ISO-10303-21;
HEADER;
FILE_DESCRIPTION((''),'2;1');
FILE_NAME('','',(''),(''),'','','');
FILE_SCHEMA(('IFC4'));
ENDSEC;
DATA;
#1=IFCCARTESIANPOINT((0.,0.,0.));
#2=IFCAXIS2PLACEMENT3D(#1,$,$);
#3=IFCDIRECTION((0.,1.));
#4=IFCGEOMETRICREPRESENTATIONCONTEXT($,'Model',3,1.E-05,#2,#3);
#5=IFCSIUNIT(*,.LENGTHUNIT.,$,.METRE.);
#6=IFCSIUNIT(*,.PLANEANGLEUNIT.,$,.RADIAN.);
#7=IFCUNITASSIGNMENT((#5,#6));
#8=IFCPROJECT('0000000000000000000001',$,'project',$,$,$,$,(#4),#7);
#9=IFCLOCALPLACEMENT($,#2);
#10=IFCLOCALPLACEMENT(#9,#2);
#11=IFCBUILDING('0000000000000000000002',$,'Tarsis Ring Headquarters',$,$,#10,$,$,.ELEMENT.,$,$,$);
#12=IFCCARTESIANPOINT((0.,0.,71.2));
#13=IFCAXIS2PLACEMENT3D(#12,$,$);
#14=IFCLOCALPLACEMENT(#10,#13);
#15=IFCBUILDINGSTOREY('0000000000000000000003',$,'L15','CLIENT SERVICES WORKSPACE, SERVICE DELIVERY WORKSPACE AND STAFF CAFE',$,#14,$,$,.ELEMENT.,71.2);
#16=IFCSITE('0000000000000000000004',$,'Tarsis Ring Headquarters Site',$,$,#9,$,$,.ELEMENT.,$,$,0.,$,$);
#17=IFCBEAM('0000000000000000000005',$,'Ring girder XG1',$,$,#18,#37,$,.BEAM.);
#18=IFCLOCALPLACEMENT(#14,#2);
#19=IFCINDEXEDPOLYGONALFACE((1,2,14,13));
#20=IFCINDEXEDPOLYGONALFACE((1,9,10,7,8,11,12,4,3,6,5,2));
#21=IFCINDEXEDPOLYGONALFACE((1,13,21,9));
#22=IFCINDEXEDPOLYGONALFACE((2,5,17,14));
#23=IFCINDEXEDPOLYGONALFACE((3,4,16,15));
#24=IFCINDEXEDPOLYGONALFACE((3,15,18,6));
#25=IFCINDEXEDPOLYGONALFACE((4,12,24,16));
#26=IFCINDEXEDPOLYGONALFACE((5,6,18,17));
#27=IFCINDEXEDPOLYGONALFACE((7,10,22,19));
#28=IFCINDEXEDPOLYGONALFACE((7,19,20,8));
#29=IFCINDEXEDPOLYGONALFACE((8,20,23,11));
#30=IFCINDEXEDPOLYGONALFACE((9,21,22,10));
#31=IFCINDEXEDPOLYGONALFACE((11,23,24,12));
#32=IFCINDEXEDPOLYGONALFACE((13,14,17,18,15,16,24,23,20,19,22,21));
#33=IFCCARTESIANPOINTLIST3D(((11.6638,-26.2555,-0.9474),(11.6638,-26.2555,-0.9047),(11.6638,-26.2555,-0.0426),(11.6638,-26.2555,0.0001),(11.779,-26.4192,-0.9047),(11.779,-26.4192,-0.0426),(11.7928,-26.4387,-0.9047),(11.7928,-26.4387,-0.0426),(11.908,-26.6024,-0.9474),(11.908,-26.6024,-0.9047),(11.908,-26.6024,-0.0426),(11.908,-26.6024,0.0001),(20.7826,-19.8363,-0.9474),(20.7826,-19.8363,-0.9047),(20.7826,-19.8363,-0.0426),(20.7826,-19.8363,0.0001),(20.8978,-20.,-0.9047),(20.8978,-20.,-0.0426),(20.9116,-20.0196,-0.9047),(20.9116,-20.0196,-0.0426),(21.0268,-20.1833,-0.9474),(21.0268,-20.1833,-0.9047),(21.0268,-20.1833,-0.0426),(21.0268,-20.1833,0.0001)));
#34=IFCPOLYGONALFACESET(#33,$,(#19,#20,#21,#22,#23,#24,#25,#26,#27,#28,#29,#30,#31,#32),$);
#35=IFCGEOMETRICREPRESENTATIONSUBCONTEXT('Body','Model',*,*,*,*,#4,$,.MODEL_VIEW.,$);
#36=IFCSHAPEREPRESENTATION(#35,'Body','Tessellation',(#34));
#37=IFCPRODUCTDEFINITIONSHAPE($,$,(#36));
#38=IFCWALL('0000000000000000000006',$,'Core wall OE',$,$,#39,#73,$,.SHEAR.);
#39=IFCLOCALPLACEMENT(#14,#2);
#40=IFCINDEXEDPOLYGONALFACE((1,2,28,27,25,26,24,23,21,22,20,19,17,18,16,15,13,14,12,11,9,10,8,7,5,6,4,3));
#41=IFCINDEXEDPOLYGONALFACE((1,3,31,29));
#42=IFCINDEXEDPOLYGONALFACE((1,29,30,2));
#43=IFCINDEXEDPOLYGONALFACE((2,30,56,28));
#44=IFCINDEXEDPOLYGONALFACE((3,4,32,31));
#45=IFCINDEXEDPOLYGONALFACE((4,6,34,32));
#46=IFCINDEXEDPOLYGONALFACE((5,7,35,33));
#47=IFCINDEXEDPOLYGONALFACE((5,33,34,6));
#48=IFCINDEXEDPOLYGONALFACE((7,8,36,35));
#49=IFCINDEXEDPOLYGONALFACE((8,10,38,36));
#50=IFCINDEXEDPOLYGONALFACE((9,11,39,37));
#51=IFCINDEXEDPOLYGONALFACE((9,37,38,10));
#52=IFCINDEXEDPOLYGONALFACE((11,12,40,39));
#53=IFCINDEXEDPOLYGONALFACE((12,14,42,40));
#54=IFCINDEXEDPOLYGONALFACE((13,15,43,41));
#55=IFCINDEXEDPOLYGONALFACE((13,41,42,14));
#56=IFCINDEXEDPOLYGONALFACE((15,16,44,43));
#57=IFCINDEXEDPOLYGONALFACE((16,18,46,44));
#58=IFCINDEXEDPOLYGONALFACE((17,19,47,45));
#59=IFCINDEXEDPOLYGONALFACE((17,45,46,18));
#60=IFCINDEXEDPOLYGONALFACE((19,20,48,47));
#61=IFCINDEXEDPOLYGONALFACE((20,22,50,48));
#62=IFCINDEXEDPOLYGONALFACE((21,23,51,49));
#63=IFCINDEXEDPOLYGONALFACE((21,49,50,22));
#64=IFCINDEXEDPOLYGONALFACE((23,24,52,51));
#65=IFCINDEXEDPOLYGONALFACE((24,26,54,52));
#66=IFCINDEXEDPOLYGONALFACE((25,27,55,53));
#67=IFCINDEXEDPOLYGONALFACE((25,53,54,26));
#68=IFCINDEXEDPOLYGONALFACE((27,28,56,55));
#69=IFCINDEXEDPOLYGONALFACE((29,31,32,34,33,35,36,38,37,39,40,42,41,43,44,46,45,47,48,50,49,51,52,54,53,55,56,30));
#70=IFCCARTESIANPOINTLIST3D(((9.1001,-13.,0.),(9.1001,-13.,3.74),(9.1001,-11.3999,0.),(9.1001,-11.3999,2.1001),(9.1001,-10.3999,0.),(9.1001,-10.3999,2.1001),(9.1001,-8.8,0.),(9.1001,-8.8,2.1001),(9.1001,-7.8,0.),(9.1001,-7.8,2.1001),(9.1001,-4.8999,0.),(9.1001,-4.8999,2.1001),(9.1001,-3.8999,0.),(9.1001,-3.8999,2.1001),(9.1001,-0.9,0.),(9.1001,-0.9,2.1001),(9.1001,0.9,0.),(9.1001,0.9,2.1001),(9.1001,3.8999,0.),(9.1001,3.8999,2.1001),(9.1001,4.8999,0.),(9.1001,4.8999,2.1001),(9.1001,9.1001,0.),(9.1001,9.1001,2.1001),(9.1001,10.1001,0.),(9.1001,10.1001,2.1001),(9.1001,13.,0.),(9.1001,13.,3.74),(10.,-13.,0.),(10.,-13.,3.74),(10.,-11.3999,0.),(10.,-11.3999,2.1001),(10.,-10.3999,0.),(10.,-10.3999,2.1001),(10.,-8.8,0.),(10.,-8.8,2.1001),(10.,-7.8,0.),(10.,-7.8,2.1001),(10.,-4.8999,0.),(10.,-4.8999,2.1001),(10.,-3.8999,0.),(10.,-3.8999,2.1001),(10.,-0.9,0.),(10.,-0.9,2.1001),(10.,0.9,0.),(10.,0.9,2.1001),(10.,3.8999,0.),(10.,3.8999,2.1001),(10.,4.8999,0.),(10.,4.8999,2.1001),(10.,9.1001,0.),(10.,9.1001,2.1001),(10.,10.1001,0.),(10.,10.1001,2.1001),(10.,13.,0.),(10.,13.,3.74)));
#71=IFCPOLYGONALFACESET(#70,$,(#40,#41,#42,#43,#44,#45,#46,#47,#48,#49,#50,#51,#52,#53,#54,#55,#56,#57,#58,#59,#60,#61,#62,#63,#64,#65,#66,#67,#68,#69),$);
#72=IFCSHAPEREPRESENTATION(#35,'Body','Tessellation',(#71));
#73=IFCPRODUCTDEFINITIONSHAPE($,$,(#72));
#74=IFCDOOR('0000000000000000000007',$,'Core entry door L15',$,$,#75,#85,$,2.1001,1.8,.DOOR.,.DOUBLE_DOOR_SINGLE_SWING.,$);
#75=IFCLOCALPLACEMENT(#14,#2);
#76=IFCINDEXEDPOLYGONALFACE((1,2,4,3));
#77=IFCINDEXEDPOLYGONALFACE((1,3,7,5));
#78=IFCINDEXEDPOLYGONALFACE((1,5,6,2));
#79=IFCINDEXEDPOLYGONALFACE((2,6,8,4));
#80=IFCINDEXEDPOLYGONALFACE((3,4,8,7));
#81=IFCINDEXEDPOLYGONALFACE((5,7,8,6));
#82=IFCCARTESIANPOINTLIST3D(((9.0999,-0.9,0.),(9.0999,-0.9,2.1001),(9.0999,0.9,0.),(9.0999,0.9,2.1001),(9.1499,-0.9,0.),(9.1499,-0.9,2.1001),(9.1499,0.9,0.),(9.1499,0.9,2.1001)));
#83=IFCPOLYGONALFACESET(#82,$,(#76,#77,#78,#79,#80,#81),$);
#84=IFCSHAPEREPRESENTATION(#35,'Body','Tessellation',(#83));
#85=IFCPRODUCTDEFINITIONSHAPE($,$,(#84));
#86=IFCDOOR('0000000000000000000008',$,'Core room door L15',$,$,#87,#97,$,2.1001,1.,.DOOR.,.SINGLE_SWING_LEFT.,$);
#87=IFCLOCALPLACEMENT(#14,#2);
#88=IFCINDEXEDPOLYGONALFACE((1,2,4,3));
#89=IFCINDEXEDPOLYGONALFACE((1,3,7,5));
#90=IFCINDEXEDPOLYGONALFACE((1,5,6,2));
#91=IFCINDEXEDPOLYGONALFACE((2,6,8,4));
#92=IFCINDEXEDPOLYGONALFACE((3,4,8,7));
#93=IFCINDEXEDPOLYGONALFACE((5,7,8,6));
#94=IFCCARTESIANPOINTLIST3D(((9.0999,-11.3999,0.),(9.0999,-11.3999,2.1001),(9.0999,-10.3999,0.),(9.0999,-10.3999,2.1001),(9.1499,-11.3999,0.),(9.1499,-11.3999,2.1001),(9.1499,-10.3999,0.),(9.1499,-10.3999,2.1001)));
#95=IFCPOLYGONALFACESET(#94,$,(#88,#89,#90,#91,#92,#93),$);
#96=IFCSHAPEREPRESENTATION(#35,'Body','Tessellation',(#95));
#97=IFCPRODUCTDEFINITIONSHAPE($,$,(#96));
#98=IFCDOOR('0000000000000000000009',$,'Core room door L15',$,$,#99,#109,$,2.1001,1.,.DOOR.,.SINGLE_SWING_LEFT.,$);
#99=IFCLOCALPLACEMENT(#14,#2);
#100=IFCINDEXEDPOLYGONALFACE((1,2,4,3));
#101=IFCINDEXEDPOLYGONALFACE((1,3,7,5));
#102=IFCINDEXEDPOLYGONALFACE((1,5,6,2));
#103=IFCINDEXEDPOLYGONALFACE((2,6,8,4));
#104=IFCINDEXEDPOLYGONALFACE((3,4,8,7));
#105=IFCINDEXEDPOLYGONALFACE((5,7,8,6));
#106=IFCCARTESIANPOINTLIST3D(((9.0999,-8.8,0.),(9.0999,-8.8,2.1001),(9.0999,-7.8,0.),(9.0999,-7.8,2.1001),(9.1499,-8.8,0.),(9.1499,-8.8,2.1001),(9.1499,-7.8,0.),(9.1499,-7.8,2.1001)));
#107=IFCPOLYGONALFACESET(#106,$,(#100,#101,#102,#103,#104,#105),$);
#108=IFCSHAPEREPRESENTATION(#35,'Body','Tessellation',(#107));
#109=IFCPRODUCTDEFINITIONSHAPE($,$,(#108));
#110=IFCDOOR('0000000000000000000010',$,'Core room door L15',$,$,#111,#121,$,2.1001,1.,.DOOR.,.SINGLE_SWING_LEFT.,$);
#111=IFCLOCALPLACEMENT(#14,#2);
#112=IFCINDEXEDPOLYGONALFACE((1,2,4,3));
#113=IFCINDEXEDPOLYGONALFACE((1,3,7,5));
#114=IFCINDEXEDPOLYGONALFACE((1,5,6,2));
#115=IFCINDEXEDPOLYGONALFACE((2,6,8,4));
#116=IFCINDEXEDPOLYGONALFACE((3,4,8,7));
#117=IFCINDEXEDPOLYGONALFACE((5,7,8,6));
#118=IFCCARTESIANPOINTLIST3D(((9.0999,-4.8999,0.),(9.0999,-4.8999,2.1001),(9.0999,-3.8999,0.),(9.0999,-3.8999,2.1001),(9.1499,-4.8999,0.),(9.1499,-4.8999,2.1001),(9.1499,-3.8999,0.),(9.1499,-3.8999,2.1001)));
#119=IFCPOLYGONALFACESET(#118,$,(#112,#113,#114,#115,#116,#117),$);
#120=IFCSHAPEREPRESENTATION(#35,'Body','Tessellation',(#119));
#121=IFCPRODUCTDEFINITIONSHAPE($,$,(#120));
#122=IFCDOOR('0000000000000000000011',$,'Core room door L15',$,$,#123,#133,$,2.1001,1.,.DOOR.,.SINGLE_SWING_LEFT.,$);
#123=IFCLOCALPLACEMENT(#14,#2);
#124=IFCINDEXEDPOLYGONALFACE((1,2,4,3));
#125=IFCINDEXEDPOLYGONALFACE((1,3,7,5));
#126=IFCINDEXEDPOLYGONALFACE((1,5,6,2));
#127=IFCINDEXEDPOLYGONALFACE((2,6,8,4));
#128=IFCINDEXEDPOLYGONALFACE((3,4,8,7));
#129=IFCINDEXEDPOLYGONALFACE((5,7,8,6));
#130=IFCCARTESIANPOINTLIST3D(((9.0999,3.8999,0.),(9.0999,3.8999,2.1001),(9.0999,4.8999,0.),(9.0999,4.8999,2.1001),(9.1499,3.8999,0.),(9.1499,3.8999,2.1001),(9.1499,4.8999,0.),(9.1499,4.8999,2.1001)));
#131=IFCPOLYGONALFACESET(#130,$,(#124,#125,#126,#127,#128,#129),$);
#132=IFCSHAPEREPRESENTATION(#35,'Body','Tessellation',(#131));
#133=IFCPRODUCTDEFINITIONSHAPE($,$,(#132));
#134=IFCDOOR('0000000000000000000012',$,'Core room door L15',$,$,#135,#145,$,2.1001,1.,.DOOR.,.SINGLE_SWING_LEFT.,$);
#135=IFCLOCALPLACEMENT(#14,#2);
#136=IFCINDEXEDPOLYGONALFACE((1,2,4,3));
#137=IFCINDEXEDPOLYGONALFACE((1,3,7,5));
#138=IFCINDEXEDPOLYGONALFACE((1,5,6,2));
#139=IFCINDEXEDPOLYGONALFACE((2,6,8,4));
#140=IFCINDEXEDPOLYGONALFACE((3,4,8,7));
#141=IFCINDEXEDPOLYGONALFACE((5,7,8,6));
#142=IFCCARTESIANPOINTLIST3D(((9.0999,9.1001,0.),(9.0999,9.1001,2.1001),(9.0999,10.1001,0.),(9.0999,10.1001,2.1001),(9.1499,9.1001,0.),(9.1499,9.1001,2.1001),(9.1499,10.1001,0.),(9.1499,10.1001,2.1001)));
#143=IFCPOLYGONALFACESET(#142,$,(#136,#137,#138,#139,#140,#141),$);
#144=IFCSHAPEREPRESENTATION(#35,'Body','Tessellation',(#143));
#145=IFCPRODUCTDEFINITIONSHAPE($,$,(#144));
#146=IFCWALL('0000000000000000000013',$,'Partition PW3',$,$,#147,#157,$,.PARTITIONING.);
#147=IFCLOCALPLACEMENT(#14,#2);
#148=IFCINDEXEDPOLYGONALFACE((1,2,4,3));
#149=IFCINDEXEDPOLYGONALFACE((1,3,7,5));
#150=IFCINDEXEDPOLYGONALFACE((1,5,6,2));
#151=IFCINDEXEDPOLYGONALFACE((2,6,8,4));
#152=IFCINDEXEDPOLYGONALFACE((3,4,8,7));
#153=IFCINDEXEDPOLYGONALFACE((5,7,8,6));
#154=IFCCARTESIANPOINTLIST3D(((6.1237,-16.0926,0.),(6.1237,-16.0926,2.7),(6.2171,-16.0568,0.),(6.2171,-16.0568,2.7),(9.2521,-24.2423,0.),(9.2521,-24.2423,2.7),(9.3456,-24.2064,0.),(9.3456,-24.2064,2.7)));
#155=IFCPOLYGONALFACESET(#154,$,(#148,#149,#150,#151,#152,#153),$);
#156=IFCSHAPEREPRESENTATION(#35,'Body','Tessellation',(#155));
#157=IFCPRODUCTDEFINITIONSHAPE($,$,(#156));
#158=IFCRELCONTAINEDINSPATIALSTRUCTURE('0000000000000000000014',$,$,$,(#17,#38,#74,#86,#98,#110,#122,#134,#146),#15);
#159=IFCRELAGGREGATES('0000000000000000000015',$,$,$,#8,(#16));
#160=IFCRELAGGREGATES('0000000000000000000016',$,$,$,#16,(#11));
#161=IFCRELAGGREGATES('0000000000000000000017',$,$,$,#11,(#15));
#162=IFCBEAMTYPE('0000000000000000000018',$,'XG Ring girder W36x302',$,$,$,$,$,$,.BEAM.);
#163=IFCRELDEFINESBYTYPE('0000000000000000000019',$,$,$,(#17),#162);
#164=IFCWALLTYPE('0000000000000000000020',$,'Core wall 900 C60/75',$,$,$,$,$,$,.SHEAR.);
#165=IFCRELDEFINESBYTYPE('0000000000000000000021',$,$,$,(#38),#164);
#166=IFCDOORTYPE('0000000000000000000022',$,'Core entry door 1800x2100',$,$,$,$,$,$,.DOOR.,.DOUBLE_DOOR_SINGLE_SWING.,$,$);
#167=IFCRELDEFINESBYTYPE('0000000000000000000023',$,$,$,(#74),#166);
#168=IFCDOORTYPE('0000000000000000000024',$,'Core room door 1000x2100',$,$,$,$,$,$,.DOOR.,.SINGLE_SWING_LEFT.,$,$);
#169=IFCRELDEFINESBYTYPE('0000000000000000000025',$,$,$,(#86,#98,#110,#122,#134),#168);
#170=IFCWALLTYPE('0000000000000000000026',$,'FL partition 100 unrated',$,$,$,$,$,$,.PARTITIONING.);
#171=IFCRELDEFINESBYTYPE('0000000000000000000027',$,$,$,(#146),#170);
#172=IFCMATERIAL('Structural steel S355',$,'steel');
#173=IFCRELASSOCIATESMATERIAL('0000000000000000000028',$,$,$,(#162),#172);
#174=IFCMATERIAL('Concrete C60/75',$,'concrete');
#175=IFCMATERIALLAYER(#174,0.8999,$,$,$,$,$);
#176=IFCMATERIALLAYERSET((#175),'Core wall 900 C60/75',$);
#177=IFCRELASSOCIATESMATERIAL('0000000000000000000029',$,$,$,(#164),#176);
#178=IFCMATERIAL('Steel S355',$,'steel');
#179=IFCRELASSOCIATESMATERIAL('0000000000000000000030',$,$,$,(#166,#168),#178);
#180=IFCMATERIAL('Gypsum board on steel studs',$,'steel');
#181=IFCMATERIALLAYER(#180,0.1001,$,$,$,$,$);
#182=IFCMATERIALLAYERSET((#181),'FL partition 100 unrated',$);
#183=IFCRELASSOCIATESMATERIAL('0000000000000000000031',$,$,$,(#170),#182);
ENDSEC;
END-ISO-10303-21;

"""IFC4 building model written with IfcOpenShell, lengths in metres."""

from ifc_helpers import new_model, si_unit, direction, frame, frame_2d, origin, origin_2d, place, context, subcontext, project, spatial, rectangle, i_section, extrude, material, layer, layer_set, material_profile, profile_set, type_object, element, fill, save


model = new_model("IFC4")

# Units and contexts
model_context = context("Model", 3, precision=1e-05, world=origin(), true_north=direction((0.0, 1.0)))
body_context = subcontext(model_context, "Body", "Model", "MODEL_VIEW")
ifc_project = project(units=[si_unit("LENGTHUNIT", "METRE"), si_unit("PLANEANGLEUNIT", "RADIAN")], contexts=[model_context])

# Site, building, storey
site_placement = place(None, origin())
site = spatial("IfcSite", under=ifc_project, at=site_placement, Name="Tarsis Ring Headquarters Site", CompositionType="ELEMENT", RefElevation=0.0)
building_placement = place(site_placement, origin())
building = spatial("IfcBuilding", under=site, at=building_placement, Name="Tarsis Ring Headquarters", CompositionType="ELEMENT")
storey_placement = place(building_placement, frame((0.0, 0.0, 71.2)))
storey = spatial("IfcBuildingStorey", under=building, at=storey_placement, Name="L15", Description="CLIENT SERVICES WORKSPACE, SERVICE DELIVERY WORKSPACE AND STAFF CAFE", CompositionType="ELEMENT", Elevation=71.2)

# Shared definitions
ifc_material_1 = material(Name="Structural steel S355", Category="steel")

# Beam
ifc_material_profile_1 = material_profile(ifc_material_1, i_section(OverallWidth=0.4243, OverallDepth=0.9475, WebThickness=0.0239, FlangeThickness=0.0427, at=origin_2d()), Name="W36x302")
ifc_profile_set_1 = profile_set([ifc_material_profile_1], Name="Structural steel S355")
beam_type_1 = type_object("IfcBeamType", Name="XG Ring girder W36x302", PredefinedType="BEAM", material=ifc_profile_set_1)
beam_1_placement = place(storey_placement, frame((11.7859, -26.429, -0.4736), z_axis=(0.817714, 0.575625, 0.0), x_axis=(-0.575625, 0.817714, 0.0)))
element("IfcBeam", 1, at=beam_1_placement, inside=storey, type_object=beam_type_1, Name="Ring girder XG1", PredefinedType="BEAM", context=body_context, shape_type="SweptSolid", body=[
    extrude(i_section(OverallWidth=0.4243, OverallDepth=0.9475, WebThickness=0.0239, FlangeThickness=0.0427, at=origin_2d()), origin(), (0.0, 0.0, 1.0), 11.1516),
])

# Wall, openings, doors
ifc_material_2 = material(Name="Concrete C60/75", Category="concrete")
ifc_layer_1 = layer(ifc_material_2, 0.8999)
ifc_layer_set_1 = layer_set([ifc_layer_1], Name="Core wall 900 C60/75")
wall_type_1 = type_object("IfcWallType", Name="Core wall 900 C60/75", PredefinedType="SHEAR", material=ifc_layer_set_1)
wall_1_placement = place(storey_placement, frame((9.55, -13.0, 0.0), z_axis=(0.0, 0.0, 1.0), x_axis=(0.0, 1.0, 0.0)))
wall_1 = element("IfcWall", 2, at=wall_1_placement, inside=storey, type_object=wall_type_1, Name="Core wall OE", PredefinedType="SHEAR", context=body_context, shape_type="SweptSolid", body=[
    extrude(rectangle(XDim=26.0, YDim=0.8999, at=frame_2d((13.0, 0.0))), origin(), (0.0, 0.0, 1.0), 3.74),
])
opening_1_placement = place(wall_1_placement, frame((1.6001, 0.0, 0.0)))
opening_1 = element("IfcOpeningElement", 3, at=opening_1_placement, cuts=wall_1, PredefinedType="OPENING", context=body_context, shape_type="SweptSolid", body=[
    extrude(rectangle(XDim=1.0, YDim=2.1001, at=frame_2d((0.5, 1.05))), frame((0.0, 0.46, 0.0), z_axis=(0.0, -1.0, 0.0), x_axis=(1.0, 0.0, 0.0)), (0.0, 0.0, 1.0), 0.9199),
])
opening_2_placement = place(wall_1_placement, frame((4.2, 0.0, 0.0)))
opening_2 = element("IfcOpeningElement", 4, at=opening_2_placement, cuts=wall_1, PredefinedType="OPENING", context=body_context, shape_type="SweptSolid", body=[
    extrude(rectangle(XDim=1.0, YDim=2.1001, at=frame_2d((0.5, 1.05))), frame((0.0, 0.46, 0.0), z_axis=(0.0, -1.0, 0.0), x_axis=(1.0, 0.0, 0.0)), (0.0, 0.0, 1.0), 0.9199),
])
opening_3_placement = place(wall_1_placement, frame((8.1001, 0.0, 0.0)))
opening_3 = element("IfcOpeningElement", 5, at=opening_3_placement, cuts=wall_1, PredefinedType="OPENING", context=body_context, shape_type="SweptSolid", body=[
    extrude(rectangle(XDim=1.0, YDim=2.1001, at=frame_2d((0.5, 1.05))), frame((0.0, 0.46, 0.0), z_axis=(0.0, -1.0, 0.0), x_axis=(1.0, 0.0, 0.0)), (0.0, 0.0, 1.0), 0.9199),
])
opening_4_placement = place(wall_1_placement, frame((12.1001, 0.0, 0.0)))
opening_4 = element("IfcOpeningElement", 6, at=opening_4_placement, cuts=wall_1, PredefinedType="OPENING", context=body_context, shape_type="SweptSolid", body=[
    extrude(rectangle(XDim=1.8, YDim=2.1001, at=frame_2d((0.8999, 1.05))), frame((0.0, 0.46, 0.0), z_axis=(0.0, -1.0, 0.0), x_axis=(1.0, 0.0, 0.0)), (0.0, 0.0, 1.0), 0.9199),
])
opening_5_placement = place(wall_1_placement, frame((16.8999, 0.0, 0.0)))
opening_5 = element("IfcOpeningElement", 7, at=opening_5_placement, cuts=wall_1, PredefinedType="OPENING", context=body_context, shape_type="SweptSolid", body=[
    extrude(rectangle(XDim=1.0, YDim=2.1001, at=frame_2d((0.5, 1.05))), frame((0.0, 0.46, 0.0), z_axis=(0.0, -1.0, 0.0), x_axis=(1.0, 0.0, 0.0)), (0.0, 0.0, 1.0), 0.9199),
])
opening_6_placement = place(wall_1_placement, frame((22.1001, 0.0, 0.0)))
opening_6 = element("IfcOpeningElement", 8, at=opening_6_placement, cuts=wall_1, PredefinedType="OPENING", context=body_context, shape_type="SweptSolid", body=[
    extrude(rectangle(XDim=1.0, YDim=2.1001, at=frame_2d((0.5, 1.05))), frame((0.0, 0.46, 0.0), z_axis=(0.0, -1.0, 0.0), x_axis=(1.0, 0.0, 0.0)), (0.0, 0.0, 1.0), 0.9199),
])
ifc_material_3 = material(Name="Steel S355", Category="steel")
door_type_1 = type_object("IfcDoorType", Name="Core entry door 1800x2100", OperationType="DOUBLE_DOOR_SINGLE_SWING", PredefinedType="DOOR", material=ifc_material_3)
door_1_placement = place(opening_4_placement, origin())
door_1 = element("IfcDoor", 9, at=door_1_placement, inside=storey, type_object=door_type_1, Name="Core entry door L15", OperationType="DOUBLE_DOOR_SINGLE_SWING", OverallHeight=2.1001, OverallWidth=1.8, PredefinedType="DOOR", context=body_context, shape_type="SweptSolid", body=[
    extrude(rectangle(XDim=1.8, YDim=2.1001, at=frame_2d((0.8999, 1.05))), frame((0.0, 0.4502, 0.0), z_axis=(0.0, -1.0, 0.0), x_axis=(1.0, 0.0, 0.0)), (0.0, 0.0, 1.0), 0.05),
])
fill(opening_4, door_1)
door_type_2 = type_object("IfcDoorType", Name="Core room door 1000x2100", OperationType="SINGLE_SWING_LEFT", PredefinedType="DOOR", material=ifc_material_3)
door_2_placement = place(opening_1_placement, origin())
door_2 = element("IfcDoor", 10, at=door_2_placement, inside=storey, type_object=door_type_2, Name="Core room door L15", OperationType="SINGLE_SWING_LEFT", OverallHeight=2.1001, OverallWidth=1.0, PredefinedType="DOOR", context=body_context, shape_type="SweptSolid", body=[
    extrude(rectangle(XDim=1.0, YDim=2.1001, at=frame_2d((0.5, 1.05))), frame((0.0, 0.4502, 0.0), z_axis=(0.0, -1.0, 0.0), x_axis=(1.0, 0.0, 0.0)), (0.0, 0.0, 1.0), 0.05),
])
fill(opening_1, door_2)
door_3_placement = place(opening_2_placement, origin())
door_3 = element("IfcDoor", 11, at=door_3_placement, inside=storey, type_object=door_type_2, Name="Core room door L15", OperationType="SINGLE_SWING_LEFT", OverallHeight=2.1001, OverallWidth=1.0, PredefinedType="DOOR", context=body_context, shape_type="SweptSolid", body=[
    extrude(rectangle(XDim=1.0, YDim=2.1001, at=frame_2d((0.5, 1.05))), frame((0.0, 0.4502, 0.0), z_axis=(0.0, -1.0, 0.0), x_axis=(1.0, 0.0, 0.0)), (0.0, 0.0, 1.0), 0.05),
])
fill(opening_2, door_3)
door_4_placement = place(opening_3_placement, origin())
door_4 = element("IfcDoor", 12, at=door_4_placement, inside=storey, type_object=door_type_2, Name="Core room door L15", OperationType="SINGLE_SWING_LEFT", OverallHeight=2.1001, OverallWidth=1.0, PredefinedType="DOOR", context=body_context, shape_type="SweptSolid", body=[
    extrude(rectangle(XDim=1.0, YDim=2.1001, at=frame_2d((0.5, 1.05))), frame((0.0, 0.4502, 0.0), z_axis=(0.0, -1.0, 0.0), x_axis=(1.0, 0.0, 0.0)), (0.0, 0.0, 1.0), 0.05),
])
fill(opening_3, door_4)
door_5_placement = place(opening_5_placement, origin())
door_5 = element("IfcDoor", 13, at=door_5_placement, inside=storey, type_object=door_type_2, Name="Core room door L15", OperationType="SINGLE_SWING_LEFT", OverallHeight=2.1001, OverallWidth=1.0, PredefinedType="DOOR", context=body_context, shape_type="SweptSolid", body=[
    extrude(rectangle(XDim=1.0, YDim=2.1001, at=frame_2d((0.5, 1.05))), frame((0.0, 0.4502, 0.0), z_axis=(0.0, -1.0, 0.0), x_axis=(1.0, 0.0, 0.0)), (0.0, 0.0, 1.0), 0.05),
])
fill(opening_5, door_5)
door_6_placement = place(opening_6_placement, origin())
door_6 = element("IfcDoor", 14, at=door_6_placement, inside=storey, type_object=door_type_2, Name="Core room door L15", OperationType="SINGLE_SWING_LEFT", OverallHeight=2.1001, OverallWidth=1.0, PredefinedType="DOOR", context=body_context, shape_type="SweptSolid", body=[
    extrude(rectangle(XDim=1.0, YDim=2.1001, at=frame_2d((0.5, 1.05))), frame((0.0, 0.4502, 0.0), z_axis=(0.0, -1.0, 0.0), x_axis=(1.0, 0.0, 0.0)), (0.0, 0.0, 1.0), 0.05),
])
fill(opening_6, door_6)

# Wall
ifc_material_4 = material(Name="Gypsum board on steel studs", Category="steel")
ifc_layer_2 = layer(ifc_material_4, 0.1001)
ifc_layer_set_2 = layer_set([ifc_layer_2], Name="FL partition 100 unrated")
wall_type_2 = type_object("IfcWallType", Name="FL partition 100 unrated", PredefinedType="PARTITIONING", material=ifc_layer_set_2)
wall_2_placement = place(storey_placement, frame((6.1704, -16.0747, 0.0), z_axis=(0.0, 0.0, 1.0), x_axis=(0.358374, -0.933578, 0.0)))
element("IfcWall", 15, at=wall_2_placement, inside=storey, type_object=wall_type_2, Name="Partition PW3", PredefinedType="PARTITIONING", context=body_context, shape_type="SweptSolid", body=[
    extrude(rectangle(XDim=8.7295, YDim=0.1001, at=frame_2d((4.3647, 0.0))), origin(), (0.0, 0.0, 1.0), 2.7),
])

save(model, "model.ifc")
